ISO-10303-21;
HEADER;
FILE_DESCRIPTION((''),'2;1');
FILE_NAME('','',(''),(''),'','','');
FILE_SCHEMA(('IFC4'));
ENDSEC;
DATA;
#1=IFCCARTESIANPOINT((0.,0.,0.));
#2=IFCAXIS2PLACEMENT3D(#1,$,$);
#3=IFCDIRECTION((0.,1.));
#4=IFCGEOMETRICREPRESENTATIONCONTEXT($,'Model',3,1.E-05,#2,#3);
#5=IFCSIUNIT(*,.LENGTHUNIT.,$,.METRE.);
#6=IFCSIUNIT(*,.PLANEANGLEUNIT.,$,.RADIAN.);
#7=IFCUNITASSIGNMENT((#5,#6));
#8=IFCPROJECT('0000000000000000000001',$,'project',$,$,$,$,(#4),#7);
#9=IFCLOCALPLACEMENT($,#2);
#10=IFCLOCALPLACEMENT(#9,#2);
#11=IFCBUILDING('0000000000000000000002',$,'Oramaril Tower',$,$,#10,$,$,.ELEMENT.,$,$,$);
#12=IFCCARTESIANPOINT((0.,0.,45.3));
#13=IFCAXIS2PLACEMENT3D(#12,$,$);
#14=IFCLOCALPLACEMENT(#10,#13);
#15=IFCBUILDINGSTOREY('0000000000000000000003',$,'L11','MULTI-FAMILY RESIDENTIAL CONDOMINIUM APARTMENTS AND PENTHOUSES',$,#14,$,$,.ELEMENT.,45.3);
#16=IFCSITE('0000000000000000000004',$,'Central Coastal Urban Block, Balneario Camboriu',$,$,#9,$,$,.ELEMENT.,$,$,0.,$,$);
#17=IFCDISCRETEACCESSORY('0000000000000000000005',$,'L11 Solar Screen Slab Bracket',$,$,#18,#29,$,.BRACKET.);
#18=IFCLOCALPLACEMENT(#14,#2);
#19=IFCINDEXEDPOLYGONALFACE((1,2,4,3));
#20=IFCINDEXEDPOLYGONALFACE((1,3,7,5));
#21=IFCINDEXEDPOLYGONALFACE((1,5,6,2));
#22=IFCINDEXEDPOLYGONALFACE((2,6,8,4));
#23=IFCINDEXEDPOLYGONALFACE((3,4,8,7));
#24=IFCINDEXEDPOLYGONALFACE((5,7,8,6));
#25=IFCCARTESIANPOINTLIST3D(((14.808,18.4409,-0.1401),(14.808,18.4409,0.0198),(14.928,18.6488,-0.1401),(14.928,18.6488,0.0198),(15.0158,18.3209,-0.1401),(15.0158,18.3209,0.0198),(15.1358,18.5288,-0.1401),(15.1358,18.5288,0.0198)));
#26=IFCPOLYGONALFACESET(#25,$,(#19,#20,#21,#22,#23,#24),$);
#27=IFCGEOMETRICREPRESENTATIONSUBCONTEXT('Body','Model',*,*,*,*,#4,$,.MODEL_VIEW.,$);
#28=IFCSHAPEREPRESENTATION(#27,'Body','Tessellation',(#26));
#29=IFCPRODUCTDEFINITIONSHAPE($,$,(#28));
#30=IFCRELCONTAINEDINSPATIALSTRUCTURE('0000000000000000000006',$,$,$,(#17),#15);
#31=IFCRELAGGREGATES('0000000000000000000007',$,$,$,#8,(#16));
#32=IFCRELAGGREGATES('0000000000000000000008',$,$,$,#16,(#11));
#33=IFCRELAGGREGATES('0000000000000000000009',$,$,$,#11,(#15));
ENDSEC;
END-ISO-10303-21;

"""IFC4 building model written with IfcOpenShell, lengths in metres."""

from ifc_helpers import new_model, si_unit, direction, frame, origin, origin_2d, place, context, subcontext, project, spatial, rectangle, extrude, element, save


model = new_model("IFC4")

# Units and contexts
model_context = context("Model", 3, precision=1e-05, world=origin(), true_north=direction((0.0, 1.0)))
body_context = subcontext(model_context, "Body", "Model", "MODEL_VIEW")
ifc_project = project(units=[si_unit("LENGTHUNIT", "METRE"), si_unit("PLANEANGLEUNIT", "RADIAN")], contexts=[model_context])

# Site, building, storey
site_placement = place(None, origin())
site = spatial("IfcSite", under=ifc_project, at=site_placement, Name="Central Coastal Urban Block, Balneario Camboriu", CompositionType="ELEMENT", RefElevation=0.0)
building_placement = place(site_placement, origin())
building = spatial("IfcBuilding", under=site, at=building_placement, Name="Oramaril Tower", CompositionType="ELEMENT")
storey_placement = place(building_placement, frame((0.0, 0.0, 45.3)))
storey = spatial("IfcBuildingStorey", under=building, at=storey_placement, Name="L11", Description="MULTI-FAMILY RESIDENTIAL CONDOMINIUM APARTMENTS AND PENTHOUSES", CompositionType="ELEMENT", Elevation=45.3)

# Discrete accessory
discrete_accessory_placement = place(storey_placement, frame((14.9719, 18.4849, -0.1401), z_axis=(0.0, 0.0, 1.0), x_axis=(-0.500002, -0.866025, 0.0)))
element("IfcDiscreteAccessory", 1, at=discrete_accessory_placement, inside=storey, Name="L11 Solar Screen Slab Bracket", PredefinedType="BRACKET", context=body_context, shape_type="SweptSolid", body=[
    extrude(rectangle(XDim=0.24, YDim=0.24, at=origin_2d()), origin(), (0.0, 0.0, 1.0), 0.1599),
])

save(model, "model.ifc")
